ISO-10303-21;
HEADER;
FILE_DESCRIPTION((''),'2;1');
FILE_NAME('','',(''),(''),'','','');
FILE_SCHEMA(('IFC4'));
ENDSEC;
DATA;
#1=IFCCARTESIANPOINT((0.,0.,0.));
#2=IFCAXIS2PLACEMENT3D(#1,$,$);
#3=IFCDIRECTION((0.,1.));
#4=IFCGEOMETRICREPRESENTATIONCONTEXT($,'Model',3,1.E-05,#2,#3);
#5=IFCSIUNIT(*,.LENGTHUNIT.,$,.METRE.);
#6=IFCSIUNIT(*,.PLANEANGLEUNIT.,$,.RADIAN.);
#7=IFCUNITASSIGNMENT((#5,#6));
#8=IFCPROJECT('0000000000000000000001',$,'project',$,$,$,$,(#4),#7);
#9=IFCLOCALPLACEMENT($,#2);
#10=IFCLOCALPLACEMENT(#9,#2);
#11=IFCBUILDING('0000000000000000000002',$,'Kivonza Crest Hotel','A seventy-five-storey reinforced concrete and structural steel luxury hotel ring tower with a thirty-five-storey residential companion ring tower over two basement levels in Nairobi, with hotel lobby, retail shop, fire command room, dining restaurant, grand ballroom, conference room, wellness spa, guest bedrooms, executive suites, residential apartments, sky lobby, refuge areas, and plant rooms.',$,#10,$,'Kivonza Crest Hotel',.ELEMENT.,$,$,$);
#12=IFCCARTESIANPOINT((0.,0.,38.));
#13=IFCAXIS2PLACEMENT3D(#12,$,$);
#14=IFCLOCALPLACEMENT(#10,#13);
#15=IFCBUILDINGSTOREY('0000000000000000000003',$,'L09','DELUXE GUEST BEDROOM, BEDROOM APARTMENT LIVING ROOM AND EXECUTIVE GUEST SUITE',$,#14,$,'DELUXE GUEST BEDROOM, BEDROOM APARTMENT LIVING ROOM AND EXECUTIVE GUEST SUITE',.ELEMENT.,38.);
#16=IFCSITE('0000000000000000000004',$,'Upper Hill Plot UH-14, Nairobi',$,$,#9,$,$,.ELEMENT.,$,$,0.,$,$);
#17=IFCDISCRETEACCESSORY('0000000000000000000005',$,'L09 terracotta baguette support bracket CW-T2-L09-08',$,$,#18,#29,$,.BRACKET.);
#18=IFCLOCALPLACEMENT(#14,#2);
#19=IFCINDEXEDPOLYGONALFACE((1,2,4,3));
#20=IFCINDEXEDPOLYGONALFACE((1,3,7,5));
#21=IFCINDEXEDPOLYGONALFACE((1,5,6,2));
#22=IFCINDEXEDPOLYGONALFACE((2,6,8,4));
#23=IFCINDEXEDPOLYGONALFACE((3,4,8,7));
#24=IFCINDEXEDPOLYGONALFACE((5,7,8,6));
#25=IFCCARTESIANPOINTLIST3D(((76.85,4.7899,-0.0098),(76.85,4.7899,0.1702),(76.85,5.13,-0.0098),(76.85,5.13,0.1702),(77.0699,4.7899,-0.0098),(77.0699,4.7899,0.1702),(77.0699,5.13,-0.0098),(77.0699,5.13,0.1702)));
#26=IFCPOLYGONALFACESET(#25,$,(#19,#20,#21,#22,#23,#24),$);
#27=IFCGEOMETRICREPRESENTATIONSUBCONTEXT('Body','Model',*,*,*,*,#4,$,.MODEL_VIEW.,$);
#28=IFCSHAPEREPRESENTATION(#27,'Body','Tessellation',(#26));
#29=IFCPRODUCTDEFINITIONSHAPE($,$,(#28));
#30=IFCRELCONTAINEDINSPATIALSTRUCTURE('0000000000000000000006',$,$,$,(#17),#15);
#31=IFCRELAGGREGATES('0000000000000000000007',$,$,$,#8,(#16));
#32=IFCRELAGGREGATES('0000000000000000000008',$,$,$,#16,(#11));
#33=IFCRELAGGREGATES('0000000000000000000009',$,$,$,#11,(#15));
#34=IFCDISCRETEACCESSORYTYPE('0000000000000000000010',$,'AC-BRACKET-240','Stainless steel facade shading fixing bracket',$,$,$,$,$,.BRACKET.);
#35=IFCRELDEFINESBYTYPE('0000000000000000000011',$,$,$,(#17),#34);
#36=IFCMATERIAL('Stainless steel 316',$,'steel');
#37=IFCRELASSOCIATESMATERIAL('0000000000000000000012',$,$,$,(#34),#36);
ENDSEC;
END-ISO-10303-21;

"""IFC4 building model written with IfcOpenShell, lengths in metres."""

from ifc_helpers import new_model, si_unit, direction, frame, origin, origin_2d, place, context, subcontext, project, spatial, rectangle, extrude, material, type_object, element, save


model = new_model("IFC4")

# Units and contexts
model_context = context("Model", 3, precision=1e-05, world=origin(), true_north=direction((0.0, 1.0)))
body_context = subcontext(model_context, "Body", "Model", "MODEL_VIEW")
ifc_project = project(units=[si_unit("LENGTHUNIT", "METRE"), si_unit("PLANEANGLEUNIT", "RADIAN")], contexts=[model_context])

# Site, building, storey
site_placement = place(None, origin())
site = spatial("IfcSite", under=ifc_project, at=site_placement, Name="Upper Hill Plot UH-14, Nairobi", CompositionType="ELEMENT", RefElevation=0.0)
building_placement = place(site_placement, origin())
building = spatial("IfcBuilding", under=site, at=building_placement, Name="Kivonza Crest Hotel", Description="A seventy-five-storey reinforced concrete and structural steel luxury hotel ring tower with a thirty-five-storey residential companion ring tower over two basement levels in Nairobi, with hotel lobby, retail shop, fire command room, dining restaurant, grand ballroom, conference room, wellness spa, guest bedrooms, executive suites, residential apartments, sky lobby, refuge areas, and plant rooms.", LongName="Kivonza Crest Hotel", CompositionType="ELEMENT")
storey_placement = place(building_placement, frame((0.0, 0.0, 38.0)))
storey = spatial("IfcBuildingStorey", under=building, at=storey_placement, Name="L09", Description="DELUXE GUEST BEDROOM, BEDROOM APARTMENT LIVING ROOM AND EXECUTIVE GUEST SUITE", LongName="DELUXE GUEST BEDROOM, BEDROOM APARTMENT LIVING ROOM AND EXECUTIVE GUEST SUITE", CompositionType="ELEMENT", Elevation=38.0)

# Discrete accessory
ifc_material_1 = material(Name="Stainless steel 316", Category="steel")
discrete_accessory_type = type_object("IfcDiscreteAccessoryType", Name="AC-BRACKET-240", Description="Stainless steel facade shading fixing bracket", PredefinedType="BRACKET", material=ifc_material_1)
discrete_accessory_placement = place(storey_placement, frame((76.96, 4.96, -0.0098), z_axis=(0.0, 0.0, 1.0), x_axis=(1.0, 0.0, 0.0)))
element("IfcDiscreteAccessory", 1, at=discrete_accessory_placement, inside=storey, type_object=discrete_accessory_type, Name="L09 terracotta baguette support bracket CW-T2-L09-08", PredefinedType="BRACKET", context=body_context, shape_type="SweptSolid", body=[
    extrude(rectangle(XDim=0.22, YDim=0.3401, at=origin_2d()), origin(), (0.0, 0.0, 1.0), 0.1799),
])

save(model, "model.ifc")
